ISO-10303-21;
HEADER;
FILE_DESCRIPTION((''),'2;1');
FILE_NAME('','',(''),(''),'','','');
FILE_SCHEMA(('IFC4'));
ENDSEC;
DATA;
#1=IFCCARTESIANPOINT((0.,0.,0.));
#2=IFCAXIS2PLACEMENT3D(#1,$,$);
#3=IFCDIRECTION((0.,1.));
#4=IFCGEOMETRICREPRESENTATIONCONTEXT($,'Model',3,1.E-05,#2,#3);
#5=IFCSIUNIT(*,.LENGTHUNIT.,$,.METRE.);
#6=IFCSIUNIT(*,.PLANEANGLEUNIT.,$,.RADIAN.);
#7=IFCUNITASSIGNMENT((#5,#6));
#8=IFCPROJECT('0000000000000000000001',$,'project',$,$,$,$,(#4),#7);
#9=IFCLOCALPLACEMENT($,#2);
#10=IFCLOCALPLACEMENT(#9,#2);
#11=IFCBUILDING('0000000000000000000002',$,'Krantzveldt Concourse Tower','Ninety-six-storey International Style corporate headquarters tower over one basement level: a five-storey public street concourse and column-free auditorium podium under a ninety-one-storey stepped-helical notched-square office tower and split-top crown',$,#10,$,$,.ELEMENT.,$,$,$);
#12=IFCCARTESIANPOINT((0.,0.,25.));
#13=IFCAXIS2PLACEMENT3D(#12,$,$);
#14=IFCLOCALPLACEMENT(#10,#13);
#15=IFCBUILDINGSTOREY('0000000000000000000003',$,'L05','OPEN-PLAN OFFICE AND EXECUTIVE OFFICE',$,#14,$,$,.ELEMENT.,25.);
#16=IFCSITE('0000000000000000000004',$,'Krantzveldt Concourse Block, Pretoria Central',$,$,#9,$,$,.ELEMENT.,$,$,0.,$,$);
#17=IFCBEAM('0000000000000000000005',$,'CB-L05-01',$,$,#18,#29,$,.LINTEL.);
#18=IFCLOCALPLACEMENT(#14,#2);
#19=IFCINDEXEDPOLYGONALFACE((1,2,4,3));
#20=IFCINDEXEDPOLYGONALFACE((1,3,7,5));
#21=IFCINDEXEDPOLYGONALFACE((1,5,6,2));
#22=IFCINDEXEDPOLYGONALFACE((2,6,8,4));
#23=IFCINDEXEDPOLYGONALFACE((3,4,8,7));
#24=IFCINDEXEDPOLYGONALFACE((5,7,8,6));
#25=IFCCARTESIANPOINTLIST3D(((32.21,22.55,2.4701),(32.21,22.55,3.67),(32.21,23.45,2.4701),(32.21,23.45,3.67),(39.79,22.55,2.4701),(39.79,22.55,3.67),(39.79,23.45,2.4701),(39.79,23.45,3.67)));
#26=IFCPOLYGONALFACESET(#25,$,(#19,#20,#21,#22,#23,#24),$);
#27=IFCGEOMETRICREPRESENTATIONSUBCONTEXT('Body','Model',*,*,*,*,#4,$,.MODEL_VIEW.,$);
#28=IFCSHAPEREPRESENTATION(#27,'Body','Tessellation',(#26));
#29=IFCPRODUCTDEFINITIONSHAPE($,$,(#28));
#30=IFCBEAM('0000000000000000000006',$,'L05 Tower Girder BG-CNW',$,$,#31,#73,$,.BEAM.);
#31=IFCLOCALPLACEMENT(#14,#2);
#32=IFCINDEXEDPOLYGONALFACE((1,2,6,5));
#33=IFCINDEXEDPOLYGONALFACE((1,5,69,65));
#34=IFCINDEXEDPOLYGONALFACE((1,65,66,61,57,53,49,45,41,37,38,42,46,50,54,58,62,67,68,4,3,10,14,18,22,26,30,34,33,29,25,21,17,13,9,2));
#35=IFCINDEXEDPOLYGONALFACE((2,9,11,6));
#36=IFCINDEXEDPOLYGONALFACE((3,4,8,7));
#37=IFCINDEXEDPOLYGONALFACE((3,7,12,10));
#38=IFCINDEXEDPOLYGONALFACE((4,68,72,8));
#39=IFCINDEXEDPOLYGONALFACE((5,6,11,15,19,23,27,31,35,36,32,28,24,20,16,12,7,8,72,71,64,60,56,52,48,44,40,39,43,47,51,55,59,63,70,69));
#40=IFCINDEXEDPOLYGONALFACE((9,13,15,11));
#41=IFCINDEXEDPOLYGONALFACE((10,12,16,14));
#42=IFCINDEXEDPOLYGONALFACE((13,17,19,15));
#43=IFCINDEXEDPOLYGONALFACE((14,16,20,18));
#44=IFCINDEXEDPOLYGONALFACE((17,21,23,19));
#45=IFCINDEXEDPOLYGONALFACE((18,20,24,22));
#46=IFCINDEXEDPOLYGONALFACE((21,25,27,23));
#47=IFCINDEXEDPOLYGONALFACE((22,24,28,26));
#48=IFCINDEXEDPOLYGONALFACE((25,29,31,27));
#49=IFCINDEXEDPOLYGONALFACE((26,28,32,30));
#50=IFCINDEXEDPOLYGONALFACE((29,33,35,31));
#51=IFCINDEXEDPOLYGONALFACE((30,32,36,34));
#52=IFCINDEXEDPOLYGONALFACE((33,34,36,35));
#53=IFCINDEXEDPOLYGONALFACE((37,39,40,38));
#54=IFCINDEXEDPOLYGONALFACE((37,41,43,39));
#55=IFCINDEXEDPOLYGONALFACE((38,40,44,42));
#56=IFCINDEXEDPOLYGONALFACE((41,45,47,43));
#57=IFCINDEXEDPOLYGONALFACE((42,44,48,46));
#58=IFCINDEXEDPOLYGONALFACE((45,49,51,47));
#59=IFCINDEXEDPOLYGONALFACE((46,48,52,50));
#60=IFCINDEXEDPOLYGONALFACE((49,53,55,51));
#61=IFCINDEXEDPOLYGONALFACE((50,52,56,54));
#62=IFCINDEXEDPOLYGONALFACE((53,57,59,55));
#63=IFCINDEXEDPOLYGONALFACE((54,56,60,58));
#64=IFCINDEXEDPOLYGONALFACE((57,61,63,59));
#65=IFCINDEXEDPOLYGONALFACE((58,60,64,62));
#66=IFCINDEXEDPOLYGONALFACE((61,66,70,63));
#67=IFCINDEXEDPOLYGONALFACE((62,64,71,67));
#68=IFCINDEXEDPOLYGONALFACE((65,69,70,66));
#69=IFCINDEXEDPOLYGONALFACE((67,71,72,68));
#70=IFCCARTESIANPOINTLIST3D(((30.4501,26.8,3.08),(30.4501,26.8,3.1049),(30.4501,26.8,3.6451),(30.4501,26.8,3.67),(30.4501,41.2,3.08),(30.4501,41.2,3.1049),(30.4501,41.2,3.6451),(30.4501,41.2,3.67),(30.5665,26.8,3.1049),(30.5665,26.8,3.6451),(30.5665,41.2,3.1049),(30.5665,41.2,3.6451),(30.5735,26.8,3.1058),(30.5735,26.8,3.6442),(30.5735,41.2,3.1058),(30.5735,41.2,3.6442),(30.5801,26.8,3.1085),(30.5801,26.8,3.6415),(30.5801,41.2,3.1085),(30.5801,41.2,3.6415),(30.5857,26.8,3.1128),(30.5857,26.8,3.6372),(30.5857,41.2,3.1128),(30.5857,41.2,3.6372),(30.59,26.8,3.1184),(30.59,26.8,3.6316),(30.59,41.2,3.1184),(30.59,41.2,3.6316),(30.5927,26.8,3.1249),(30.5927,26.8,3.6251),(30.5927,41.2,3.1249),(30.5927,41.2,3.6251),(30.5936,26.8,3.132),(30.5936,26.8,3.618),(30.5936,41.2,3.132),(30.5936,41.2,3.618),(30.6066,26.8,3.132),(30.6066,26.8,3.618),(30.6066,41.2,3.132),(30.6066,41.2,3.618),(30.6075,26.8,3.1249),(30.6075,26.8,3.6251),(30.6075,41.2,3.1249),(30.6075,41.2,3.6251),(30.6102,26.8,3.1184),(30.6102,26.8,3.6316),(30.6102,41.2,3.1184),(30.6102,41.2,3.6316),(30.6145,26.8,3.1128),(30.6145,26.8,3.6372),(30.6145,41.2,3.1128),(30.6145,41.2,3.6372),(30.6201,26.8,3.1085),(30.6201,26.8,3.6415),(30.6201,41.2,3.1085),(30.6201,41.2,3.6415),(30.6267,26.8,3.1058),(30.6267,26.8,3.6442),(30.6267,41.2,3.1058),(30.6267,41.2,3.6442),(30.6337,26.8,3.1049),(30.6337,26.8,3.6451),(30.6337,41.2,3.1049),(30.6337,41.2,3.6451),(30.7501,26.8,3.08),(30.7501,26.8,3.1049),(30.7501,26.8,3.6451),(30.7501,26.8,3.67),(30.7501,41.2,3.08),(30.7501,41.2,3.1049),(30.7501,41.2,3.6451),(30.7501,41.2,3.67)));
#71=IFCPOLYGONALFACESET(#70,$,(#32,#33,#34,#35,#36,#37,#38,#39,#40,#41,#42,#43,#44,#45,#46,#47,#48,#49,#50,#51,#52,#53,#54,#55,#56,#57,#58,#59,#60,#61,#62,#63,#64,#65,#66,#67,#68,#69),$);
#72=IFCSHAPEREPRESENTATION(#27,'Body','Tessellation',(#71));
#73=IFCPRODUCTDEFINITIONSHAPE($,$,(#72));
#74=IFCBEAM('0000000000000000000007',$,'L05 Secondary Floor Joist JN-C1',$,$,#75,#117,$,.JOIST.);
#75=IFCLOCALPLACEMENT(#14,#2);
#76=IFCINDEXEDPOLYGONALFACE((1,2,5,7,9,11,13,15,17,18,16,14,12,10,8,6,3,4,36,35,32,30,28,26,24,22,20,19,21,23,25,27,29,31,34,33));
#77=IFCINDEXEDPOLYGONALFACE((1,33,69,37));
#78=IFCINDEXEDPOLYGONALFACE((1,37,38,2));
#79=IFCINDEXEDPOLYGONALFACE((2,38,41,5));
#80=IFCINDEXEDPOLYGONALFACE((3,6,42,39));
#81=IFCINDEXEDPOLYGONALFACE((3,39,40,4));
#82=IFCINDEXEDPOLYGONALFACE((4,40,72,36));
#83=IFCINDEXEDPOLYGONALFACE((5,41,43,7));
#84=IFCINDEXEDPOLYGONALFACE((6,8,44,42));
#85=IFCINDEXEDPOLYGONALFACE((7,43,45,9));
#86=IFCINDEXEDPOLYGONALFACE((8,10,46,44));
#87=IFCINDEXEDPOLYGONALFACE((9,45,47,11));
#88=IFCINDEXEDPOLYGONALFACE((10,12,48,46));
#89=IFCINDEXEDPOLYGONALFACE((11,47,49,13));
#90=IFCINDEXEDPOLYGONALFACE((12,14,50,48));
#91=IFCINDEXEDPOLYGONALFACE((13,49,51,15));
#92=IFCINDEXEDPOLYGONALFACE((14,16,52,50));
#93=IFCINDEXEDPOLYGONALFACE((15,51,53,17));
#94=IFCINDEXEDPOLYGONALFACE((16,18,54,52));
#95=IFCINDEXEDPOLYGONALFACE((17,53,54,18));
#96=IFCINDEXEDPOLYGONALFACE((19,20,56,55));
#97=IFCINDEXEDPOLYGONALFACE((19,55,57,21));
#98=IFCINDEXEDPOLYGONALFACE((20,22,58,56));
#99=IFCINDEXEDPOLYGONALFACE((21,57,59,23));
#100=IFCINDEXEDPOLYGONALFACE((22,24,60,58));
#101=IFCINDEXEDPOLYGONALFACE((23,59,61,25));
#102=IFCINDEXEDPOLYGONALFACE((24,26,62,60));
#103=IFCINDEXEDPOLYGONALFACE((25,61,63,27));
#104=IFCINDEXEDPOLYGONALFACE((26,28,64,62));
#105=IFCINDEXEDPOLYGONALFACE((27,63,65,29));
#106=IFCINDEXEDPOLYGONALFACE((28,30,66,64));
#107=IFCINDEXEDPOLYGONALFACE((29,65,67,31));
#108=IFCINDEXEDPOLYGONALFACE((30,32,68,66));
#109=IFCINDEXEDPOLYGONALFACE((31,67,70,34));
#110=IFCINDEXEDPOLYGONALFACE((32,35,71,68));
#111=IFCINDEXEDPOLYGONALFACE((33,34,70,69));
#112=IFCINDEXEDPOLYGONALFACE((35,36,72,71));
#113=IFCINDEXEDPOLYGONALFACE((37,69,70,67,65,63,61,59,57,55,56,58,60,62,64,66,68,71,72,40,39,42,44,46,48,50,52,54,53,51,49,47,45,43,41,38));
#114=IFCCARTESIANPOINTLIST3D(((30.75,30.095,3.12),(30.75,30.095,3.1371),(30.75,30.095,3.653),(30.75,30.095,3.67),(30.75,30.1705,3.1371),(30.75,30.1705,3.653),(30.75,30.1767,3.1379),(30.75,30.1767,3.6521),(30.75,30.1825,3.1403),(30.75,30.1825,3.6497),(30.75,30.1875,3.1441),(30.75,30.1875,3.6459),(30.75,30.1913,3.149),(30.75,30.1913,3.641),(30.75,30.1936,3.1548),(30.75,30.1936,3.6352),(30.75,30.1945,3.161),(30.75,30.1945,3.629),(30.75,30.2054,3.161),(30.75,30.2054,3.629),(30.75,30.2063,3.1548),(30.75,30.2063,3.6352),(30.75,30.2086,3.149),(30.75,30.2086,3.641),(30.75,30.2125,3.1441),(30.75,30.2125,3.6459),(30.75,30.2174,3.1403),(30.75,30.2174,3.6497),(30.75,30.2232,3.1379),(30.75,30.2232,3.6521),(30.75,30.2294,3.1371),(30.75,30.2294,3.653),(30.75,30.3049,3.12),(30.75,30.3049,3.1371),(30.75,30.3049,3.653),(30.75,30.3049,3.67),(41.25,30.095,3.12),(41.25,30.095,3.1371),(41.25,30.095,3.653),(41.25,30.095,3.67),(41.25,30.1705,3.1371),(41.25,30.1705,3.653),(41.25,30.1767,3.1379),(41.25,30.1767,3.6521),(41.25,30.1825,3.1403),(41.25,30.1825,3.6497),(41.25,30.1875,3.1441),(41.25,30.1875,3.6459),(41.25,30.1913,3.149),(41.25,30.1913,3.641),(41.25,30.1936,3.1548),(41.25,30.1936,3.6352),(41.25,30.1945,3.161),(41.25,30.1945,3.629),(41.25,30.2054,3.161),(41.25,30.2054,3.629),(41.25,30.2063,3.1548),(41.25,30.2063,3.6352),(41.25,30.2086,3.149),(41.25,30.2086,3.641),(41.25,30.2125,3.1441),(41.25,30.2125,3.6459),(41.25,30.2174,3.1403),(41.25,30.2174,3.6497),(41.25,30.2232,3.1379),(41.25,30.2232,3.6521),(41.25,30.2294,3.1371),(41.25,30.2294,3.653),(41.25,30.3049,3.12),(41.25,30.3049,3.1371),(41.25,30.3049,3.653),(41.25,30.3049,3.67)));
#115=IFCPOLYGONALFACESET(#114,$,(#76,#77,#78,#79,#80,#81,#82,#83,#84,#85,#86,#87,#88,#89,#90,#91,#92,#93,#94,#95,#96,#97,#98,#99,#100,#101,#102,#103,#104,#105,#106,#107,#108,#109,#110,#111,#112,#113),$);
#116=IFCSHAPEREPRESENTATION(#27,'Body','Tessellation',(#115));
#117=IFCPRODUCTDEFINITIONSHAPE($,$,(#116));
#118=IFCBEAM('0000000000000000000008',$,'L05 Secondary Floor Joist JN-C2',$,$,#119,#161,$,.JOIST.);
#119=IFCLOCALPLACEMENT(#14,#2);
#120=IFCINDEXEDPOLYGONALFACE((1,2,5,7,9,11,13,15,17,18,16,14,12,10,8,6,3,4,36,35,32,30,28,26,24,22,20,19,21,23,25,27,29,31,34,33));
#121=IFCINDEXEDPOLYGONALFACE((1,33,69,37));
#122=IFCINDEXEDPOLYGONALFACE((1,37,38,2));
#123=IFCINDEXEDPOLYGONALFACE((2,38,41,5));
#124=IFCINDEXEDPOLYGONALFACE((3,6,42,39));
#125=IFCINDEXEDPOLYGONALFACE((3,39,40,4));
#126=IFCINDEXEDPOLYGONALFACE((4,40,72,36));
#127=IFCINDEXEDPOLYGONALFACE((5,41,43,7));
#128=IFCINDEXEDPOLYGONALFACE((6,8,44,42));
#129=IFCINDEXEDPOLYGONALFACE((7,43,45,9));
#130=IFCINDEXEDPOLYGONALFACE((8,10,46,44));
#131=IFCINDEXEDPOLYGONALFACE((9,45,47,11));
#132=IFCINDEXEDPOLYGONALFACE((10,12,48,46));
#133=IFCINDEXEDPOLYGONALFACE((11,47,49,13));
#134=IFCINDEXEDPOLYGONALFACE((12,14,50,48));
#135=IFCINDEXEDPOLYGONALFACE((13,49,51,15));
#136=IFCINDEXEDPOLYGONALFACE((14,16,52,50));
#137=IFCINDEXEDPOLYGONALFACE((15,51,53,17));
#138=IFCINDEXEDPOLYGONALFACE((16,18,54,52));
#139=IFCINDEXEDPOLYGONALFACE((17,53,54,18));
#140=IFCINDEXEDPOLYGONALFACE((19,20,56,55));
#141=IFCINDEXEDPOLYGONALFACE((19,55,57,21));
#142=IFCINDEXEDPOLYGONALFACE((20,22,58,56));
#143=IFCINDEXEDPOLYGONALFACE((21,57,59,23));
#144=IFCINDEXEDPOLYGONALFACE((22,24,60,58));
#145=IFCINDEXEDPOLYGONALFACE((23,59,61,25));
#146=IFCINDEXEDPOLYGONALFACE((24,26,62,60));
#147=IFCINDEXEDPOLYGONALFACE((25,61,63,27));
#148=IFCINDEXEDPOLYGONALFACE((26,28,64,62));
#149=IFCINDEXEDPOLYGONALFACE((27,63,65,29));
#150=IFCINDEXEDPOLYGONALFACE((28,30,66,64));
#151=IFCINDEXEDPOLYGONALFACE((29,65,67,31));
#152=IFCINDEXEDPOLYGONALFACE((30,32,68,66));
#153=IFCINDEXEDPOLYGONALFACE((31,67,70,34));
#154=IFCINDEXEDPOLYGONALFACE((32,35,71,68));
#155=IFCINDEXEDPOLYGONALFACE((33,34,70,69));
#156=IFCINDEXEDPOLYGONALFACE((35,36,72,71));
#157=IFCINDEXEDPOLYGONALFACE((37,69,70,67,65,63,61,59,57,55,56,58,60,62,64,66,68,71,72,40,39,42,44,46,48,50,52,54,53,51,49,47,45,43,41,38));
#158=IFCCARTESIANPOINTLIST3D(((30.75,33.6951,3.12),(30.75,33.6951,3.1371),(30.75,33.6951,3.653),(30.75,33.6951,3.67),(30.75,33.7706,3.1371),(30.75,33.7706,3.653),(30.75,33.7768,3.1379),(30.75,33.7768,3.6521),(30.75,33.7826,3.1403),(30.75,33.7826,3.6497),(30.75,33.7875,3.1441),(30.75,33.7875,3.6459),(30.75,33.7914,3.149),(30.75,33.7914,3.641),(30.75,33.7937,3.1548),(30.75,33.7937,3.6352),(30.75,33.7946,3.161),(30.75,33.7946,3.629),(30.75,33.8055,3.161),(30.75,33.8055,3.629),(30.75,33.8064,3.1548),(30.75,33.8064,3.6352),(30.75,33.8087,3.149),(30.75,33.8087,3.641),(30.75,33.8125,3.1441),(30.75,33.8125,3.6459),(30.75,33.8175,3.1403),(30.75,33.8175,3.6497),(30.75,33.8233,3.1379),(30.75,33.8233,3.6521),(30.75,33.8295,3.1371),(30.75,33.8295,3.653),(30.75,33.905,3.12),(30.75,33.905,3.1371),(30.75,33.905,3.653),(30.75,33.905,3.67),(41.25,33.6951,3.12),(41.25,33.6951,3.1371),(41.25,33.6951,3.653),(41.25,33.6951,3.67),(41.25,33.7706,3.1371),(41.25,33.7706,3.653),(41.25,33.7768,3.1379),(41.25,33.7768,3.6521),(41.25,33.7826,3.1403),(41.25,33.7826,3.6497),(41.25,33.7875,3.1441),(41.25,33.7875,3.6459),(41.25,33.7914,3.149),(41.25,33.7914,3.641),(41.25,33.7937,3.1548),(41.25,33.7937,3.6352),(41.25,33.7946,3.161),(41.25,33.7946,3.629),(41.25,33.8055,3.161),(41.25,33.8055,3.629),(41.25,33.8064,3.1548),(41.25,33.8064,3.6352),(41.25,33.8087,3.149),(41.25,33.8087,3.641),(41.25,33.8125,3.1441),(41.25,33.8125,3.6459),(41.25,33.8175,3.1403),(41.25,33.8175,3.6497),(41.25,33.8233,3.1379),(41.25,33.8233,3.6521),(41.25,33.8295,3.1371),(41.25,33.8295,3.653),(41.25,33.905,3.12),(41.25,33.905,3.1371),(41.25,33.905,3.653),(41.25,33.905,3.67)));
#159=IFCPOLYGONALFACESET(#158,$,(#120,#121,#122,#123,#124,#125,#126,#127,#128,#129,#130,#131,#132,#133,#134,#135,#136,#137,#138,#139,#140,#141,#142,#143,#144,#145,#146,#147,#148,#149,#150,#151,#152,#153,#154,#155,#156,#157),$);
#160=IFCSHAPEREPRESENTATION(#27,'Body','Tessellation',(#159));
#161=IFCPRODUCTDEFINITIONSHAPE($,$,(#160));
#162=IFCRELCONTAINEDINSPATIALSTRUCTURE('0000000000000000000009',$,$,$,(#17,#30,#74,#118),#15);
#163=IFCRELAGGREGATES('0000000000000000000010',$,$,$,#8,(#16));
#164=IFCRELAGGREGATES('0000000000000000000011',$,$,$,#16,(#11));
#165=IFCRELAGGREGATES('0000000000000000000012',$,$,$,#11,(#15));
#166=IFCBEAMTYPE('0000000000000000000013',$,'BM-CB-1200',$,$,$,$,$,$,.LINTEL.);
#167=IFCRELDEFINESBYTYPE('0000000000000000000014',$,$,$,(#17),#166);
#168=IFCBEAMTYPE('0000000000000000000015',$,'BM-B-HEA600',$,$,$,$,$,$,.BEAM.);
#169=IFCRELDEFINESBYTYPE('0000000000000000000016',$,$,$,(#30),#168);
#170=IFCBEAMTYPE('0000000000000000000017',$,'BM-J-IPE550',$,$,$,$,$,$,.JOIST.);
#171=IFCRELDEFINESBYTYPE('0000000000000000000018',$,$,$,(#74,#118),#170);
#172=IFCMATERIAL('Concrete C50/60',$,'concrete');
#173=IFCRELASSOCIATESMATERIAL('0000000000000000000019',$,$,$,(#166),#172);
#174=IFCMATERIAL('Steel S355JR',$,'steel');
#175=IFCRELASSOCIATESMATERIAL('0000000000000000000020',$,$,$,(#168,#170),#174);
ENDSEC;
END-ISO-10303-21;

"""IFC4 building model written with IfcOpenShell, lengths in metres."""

from ifc_helpers import new_model, si_unit, direction, frame, origin, origin_2d, place, context, subcontext, project, spatial, rectangle, i_section, extrude, source, transform, mapped, material, material_profile, profile_set, type_object, type_shapes, element, save


model = new_model("IFC4")

# Units and contexts
model_context = context("Model", 3, precision=1e-05, world=origin(), true_north=direction((0.0, 1.0)))
body_context = subcontext(model_context, "Body", "Model", "MODEL_VIEW")
ifc_project = project(units=[si_unit("LENGTHUNIT", "METRE"), si_unit("PLANEANGLEUNIT", "RADIAN")], contexts=[model_context])

# Site, building, storey
site_placement = place(None, origin())
site = spatial("IfcSite", under=ifc_project, at=site_placement, Name="Krantzveldt Concourse Block, Pretoria Central", CompositionType="ELEMENT", RefElevation=0.0)
building_placement = place(site_placement, origin())
building = spatial("IfcBuilding", under=site, at=building_placement, Name="Krantzveldt Concourse Tower", Description="Ninety-six-storey International Style corporate headquarters tower over one basement level: a five-storey public street concourse and column-free auditorium podium under a ninety-one-storey stepped-helical notched-square office tower and split-top crown", CompositionType="ELEMENT")
storey_placement = place(building_placement, frame((0.0, 0.0, 25.0)))
storey = spatial("IfcBuildingStorey", under=building, at=storey_placement, Name="L05", Description="OPEN-PLAN OFFICE AND EXECUTIVE OFFICE", CompositionType="ELEMENT", Elevation=25.0)

# Beams
ifc_material_1 = material(Name="Concrete C50/60", Category="concrete")
ifc_material_profile_1 = material_profile(ifc_material_1, rectangle(XDim=0.8999, YDim=1.2, at=origin_2d()), Name="Concrete C50/60", Category="concrete")
ifc_profile_set_1 = profile_set([ifc_material_profile_1], Name="Concrete C50/60 - RC-CB 900x1200")
beam_type_1 = type_object("IfcBeamType", Name="BM-CB-1200", PredefinedType="LINTEL", material=ifc_profile_set_1)
shared_shape_1 = source(origin(), body_context, "Body", "SweptSolid", [
    extrude(rectangle(XDim=0.8999, YDim=1.2, at=origin_2d()), origin(), (0.0, 0.0, 1.0), 7.5801),
])
type_shapes(beam_type_1, [shared_shape_1])
beam_1_placement = place(storey_placement, frame((32.21, 23.0, 3.0701), z_axis=(1.0, 0.0, 0.0), x_axis=(0.0, 1.0, 0.0)))
element("IfcBeam", 1, at=beam_1_placement, inside=storey, type_object=beam_type_1, Name="CB-L05-01", PredefinedType="LINTEL", context=body_context, shape_type="MappedRepresentation", body=[
    mapped(shared_shape_1, transform((0.0, 0.0, 0.0), x_axis=(1.0, 0.0, 0.0), y_axis=(0.0, 1.0, 0.0), z_axis=(0.0, 0.0, 1.0), scale=1.0)),
])
ifc_material_2 = material(Name="Steel S355JR", Category="steel")
ifc_material_profile_2 = material_profile(ifc_material_2, i_section(OverallWidth=0.3, OverallDepth=0.5901, WebThickness=0.0129, FlangeThickness=0.0249, FilletRadius=0.0271, at=origin_2d()), Name="Steel S355JR", Category="steel")
ifc_profile_set_2 = profile_set([ifc_material_profile_2], Name="Steel S355JR - HEA 600")
beam_type_2 = type_object("IfcBeamType", Name="BM-B-HEA600", PredefinedType="BEAM", material=ifc_profile_set_2)
shared_shape_2 = source(origin(), body_context, "Body", "SweptSolid", [
    extrude(i_section(OverallWidth=0.3, OverallDepth=0.5901, WebThickness=0.0129, FlangeThickness=0.0249, FilletRadius=0.0271, at=origin_2d()), origin(), (0.0, 0.0, 1.0), 14.3999),
])
type_shapes(beam_type_2, [shared_shape_2])
beam_2_placement = place(storey_placement, frame((30.6001, 26.8, 3.375), z_axis=(0.0, 1.0, 0.0), x_axis=(-1.0, 0.0, 0.0)))
element("IfcBeam", 2, at=beam_2_placement, inside=storey, type_object=beam_type_2, Name="L05 Tower Girder BG-CNW", PredefinedType="BEAM", context=body_context, shape_type="MappedRepresentation", body=[
    mapped(shared_shape_2, transform((0.0, 0.0, 0.0), x_axis=(1.0, 0.0, 0.0), y_axis=(0.0, 1.0, 0.0), z_axis=(0.0, 0.0, 1.0), scale=1.0)),
])
ifc_material_profile_3 = material_profile(ifc_material_2, i_section(OverallWidth=0.21, OverallDepth=0.55, WebThickness=0.011, FlangeThickness=0.0171, FilletRadius=0.0239, at=origin_2d()), Name="Steel S355JR", Category="steel")
ifc_profile_set_3 = profile_set([ifc_material_profile_3], Name="Steel S355JR - IPE 550")
beam_type_3 = type_object("IfcBeamType", Name="BM-J-IPE550", PredefinedType="JOIST", material=ifc_profile_set_3)
shared_shape_3 = source(origin(), body_context, "Body", "SweptSolid", [
    extrude(i_section(OverallWidth=0.21, OverallDepth=0.55, WebThickness=0.011, FlangeThickness=0.0171, FilletRadius=0.0239, at=origin_2d()), origin(), (0.0, 0.0, 1.0), 10.5),
])
type_shapes(beam_type_3, [shared_shape_3])
for number, where, z_axis, x_axis, name in (
    (3, (30.75, 30.2, 3.395), (1.0, 0.0, 0.0), (0.0, 1.0, 0.0), "L05 Secondary Floor Joist JN-C1"),
    (4, (30.75, 33.8, 3.395), (1.0, 0.0, 0.0), (0.0, 1.0, 0.0), "L05 Secondary Floor Joist JN-C2"),
):
    element("IfcBeam", number, at=place(storey_placement, frame(where, z_axis=z_axis, x_axis=x_axis)), inside=storey, type_object=beam_type_3, Name=name, PredefinedType="JOIST", context=body_context, shape_type="MappedRepresentation", body=[
        mapped(shared_shape_3, transform((0.0, 0.0, 0.0), x_axis=(1.0, 0.0, 0.0), y_axis=(0.0, 1.0, 0.0), z_axis=(0.0, 0.0, 1.0), scale=1.0)),
    ])

save(model, "model.ifc")
